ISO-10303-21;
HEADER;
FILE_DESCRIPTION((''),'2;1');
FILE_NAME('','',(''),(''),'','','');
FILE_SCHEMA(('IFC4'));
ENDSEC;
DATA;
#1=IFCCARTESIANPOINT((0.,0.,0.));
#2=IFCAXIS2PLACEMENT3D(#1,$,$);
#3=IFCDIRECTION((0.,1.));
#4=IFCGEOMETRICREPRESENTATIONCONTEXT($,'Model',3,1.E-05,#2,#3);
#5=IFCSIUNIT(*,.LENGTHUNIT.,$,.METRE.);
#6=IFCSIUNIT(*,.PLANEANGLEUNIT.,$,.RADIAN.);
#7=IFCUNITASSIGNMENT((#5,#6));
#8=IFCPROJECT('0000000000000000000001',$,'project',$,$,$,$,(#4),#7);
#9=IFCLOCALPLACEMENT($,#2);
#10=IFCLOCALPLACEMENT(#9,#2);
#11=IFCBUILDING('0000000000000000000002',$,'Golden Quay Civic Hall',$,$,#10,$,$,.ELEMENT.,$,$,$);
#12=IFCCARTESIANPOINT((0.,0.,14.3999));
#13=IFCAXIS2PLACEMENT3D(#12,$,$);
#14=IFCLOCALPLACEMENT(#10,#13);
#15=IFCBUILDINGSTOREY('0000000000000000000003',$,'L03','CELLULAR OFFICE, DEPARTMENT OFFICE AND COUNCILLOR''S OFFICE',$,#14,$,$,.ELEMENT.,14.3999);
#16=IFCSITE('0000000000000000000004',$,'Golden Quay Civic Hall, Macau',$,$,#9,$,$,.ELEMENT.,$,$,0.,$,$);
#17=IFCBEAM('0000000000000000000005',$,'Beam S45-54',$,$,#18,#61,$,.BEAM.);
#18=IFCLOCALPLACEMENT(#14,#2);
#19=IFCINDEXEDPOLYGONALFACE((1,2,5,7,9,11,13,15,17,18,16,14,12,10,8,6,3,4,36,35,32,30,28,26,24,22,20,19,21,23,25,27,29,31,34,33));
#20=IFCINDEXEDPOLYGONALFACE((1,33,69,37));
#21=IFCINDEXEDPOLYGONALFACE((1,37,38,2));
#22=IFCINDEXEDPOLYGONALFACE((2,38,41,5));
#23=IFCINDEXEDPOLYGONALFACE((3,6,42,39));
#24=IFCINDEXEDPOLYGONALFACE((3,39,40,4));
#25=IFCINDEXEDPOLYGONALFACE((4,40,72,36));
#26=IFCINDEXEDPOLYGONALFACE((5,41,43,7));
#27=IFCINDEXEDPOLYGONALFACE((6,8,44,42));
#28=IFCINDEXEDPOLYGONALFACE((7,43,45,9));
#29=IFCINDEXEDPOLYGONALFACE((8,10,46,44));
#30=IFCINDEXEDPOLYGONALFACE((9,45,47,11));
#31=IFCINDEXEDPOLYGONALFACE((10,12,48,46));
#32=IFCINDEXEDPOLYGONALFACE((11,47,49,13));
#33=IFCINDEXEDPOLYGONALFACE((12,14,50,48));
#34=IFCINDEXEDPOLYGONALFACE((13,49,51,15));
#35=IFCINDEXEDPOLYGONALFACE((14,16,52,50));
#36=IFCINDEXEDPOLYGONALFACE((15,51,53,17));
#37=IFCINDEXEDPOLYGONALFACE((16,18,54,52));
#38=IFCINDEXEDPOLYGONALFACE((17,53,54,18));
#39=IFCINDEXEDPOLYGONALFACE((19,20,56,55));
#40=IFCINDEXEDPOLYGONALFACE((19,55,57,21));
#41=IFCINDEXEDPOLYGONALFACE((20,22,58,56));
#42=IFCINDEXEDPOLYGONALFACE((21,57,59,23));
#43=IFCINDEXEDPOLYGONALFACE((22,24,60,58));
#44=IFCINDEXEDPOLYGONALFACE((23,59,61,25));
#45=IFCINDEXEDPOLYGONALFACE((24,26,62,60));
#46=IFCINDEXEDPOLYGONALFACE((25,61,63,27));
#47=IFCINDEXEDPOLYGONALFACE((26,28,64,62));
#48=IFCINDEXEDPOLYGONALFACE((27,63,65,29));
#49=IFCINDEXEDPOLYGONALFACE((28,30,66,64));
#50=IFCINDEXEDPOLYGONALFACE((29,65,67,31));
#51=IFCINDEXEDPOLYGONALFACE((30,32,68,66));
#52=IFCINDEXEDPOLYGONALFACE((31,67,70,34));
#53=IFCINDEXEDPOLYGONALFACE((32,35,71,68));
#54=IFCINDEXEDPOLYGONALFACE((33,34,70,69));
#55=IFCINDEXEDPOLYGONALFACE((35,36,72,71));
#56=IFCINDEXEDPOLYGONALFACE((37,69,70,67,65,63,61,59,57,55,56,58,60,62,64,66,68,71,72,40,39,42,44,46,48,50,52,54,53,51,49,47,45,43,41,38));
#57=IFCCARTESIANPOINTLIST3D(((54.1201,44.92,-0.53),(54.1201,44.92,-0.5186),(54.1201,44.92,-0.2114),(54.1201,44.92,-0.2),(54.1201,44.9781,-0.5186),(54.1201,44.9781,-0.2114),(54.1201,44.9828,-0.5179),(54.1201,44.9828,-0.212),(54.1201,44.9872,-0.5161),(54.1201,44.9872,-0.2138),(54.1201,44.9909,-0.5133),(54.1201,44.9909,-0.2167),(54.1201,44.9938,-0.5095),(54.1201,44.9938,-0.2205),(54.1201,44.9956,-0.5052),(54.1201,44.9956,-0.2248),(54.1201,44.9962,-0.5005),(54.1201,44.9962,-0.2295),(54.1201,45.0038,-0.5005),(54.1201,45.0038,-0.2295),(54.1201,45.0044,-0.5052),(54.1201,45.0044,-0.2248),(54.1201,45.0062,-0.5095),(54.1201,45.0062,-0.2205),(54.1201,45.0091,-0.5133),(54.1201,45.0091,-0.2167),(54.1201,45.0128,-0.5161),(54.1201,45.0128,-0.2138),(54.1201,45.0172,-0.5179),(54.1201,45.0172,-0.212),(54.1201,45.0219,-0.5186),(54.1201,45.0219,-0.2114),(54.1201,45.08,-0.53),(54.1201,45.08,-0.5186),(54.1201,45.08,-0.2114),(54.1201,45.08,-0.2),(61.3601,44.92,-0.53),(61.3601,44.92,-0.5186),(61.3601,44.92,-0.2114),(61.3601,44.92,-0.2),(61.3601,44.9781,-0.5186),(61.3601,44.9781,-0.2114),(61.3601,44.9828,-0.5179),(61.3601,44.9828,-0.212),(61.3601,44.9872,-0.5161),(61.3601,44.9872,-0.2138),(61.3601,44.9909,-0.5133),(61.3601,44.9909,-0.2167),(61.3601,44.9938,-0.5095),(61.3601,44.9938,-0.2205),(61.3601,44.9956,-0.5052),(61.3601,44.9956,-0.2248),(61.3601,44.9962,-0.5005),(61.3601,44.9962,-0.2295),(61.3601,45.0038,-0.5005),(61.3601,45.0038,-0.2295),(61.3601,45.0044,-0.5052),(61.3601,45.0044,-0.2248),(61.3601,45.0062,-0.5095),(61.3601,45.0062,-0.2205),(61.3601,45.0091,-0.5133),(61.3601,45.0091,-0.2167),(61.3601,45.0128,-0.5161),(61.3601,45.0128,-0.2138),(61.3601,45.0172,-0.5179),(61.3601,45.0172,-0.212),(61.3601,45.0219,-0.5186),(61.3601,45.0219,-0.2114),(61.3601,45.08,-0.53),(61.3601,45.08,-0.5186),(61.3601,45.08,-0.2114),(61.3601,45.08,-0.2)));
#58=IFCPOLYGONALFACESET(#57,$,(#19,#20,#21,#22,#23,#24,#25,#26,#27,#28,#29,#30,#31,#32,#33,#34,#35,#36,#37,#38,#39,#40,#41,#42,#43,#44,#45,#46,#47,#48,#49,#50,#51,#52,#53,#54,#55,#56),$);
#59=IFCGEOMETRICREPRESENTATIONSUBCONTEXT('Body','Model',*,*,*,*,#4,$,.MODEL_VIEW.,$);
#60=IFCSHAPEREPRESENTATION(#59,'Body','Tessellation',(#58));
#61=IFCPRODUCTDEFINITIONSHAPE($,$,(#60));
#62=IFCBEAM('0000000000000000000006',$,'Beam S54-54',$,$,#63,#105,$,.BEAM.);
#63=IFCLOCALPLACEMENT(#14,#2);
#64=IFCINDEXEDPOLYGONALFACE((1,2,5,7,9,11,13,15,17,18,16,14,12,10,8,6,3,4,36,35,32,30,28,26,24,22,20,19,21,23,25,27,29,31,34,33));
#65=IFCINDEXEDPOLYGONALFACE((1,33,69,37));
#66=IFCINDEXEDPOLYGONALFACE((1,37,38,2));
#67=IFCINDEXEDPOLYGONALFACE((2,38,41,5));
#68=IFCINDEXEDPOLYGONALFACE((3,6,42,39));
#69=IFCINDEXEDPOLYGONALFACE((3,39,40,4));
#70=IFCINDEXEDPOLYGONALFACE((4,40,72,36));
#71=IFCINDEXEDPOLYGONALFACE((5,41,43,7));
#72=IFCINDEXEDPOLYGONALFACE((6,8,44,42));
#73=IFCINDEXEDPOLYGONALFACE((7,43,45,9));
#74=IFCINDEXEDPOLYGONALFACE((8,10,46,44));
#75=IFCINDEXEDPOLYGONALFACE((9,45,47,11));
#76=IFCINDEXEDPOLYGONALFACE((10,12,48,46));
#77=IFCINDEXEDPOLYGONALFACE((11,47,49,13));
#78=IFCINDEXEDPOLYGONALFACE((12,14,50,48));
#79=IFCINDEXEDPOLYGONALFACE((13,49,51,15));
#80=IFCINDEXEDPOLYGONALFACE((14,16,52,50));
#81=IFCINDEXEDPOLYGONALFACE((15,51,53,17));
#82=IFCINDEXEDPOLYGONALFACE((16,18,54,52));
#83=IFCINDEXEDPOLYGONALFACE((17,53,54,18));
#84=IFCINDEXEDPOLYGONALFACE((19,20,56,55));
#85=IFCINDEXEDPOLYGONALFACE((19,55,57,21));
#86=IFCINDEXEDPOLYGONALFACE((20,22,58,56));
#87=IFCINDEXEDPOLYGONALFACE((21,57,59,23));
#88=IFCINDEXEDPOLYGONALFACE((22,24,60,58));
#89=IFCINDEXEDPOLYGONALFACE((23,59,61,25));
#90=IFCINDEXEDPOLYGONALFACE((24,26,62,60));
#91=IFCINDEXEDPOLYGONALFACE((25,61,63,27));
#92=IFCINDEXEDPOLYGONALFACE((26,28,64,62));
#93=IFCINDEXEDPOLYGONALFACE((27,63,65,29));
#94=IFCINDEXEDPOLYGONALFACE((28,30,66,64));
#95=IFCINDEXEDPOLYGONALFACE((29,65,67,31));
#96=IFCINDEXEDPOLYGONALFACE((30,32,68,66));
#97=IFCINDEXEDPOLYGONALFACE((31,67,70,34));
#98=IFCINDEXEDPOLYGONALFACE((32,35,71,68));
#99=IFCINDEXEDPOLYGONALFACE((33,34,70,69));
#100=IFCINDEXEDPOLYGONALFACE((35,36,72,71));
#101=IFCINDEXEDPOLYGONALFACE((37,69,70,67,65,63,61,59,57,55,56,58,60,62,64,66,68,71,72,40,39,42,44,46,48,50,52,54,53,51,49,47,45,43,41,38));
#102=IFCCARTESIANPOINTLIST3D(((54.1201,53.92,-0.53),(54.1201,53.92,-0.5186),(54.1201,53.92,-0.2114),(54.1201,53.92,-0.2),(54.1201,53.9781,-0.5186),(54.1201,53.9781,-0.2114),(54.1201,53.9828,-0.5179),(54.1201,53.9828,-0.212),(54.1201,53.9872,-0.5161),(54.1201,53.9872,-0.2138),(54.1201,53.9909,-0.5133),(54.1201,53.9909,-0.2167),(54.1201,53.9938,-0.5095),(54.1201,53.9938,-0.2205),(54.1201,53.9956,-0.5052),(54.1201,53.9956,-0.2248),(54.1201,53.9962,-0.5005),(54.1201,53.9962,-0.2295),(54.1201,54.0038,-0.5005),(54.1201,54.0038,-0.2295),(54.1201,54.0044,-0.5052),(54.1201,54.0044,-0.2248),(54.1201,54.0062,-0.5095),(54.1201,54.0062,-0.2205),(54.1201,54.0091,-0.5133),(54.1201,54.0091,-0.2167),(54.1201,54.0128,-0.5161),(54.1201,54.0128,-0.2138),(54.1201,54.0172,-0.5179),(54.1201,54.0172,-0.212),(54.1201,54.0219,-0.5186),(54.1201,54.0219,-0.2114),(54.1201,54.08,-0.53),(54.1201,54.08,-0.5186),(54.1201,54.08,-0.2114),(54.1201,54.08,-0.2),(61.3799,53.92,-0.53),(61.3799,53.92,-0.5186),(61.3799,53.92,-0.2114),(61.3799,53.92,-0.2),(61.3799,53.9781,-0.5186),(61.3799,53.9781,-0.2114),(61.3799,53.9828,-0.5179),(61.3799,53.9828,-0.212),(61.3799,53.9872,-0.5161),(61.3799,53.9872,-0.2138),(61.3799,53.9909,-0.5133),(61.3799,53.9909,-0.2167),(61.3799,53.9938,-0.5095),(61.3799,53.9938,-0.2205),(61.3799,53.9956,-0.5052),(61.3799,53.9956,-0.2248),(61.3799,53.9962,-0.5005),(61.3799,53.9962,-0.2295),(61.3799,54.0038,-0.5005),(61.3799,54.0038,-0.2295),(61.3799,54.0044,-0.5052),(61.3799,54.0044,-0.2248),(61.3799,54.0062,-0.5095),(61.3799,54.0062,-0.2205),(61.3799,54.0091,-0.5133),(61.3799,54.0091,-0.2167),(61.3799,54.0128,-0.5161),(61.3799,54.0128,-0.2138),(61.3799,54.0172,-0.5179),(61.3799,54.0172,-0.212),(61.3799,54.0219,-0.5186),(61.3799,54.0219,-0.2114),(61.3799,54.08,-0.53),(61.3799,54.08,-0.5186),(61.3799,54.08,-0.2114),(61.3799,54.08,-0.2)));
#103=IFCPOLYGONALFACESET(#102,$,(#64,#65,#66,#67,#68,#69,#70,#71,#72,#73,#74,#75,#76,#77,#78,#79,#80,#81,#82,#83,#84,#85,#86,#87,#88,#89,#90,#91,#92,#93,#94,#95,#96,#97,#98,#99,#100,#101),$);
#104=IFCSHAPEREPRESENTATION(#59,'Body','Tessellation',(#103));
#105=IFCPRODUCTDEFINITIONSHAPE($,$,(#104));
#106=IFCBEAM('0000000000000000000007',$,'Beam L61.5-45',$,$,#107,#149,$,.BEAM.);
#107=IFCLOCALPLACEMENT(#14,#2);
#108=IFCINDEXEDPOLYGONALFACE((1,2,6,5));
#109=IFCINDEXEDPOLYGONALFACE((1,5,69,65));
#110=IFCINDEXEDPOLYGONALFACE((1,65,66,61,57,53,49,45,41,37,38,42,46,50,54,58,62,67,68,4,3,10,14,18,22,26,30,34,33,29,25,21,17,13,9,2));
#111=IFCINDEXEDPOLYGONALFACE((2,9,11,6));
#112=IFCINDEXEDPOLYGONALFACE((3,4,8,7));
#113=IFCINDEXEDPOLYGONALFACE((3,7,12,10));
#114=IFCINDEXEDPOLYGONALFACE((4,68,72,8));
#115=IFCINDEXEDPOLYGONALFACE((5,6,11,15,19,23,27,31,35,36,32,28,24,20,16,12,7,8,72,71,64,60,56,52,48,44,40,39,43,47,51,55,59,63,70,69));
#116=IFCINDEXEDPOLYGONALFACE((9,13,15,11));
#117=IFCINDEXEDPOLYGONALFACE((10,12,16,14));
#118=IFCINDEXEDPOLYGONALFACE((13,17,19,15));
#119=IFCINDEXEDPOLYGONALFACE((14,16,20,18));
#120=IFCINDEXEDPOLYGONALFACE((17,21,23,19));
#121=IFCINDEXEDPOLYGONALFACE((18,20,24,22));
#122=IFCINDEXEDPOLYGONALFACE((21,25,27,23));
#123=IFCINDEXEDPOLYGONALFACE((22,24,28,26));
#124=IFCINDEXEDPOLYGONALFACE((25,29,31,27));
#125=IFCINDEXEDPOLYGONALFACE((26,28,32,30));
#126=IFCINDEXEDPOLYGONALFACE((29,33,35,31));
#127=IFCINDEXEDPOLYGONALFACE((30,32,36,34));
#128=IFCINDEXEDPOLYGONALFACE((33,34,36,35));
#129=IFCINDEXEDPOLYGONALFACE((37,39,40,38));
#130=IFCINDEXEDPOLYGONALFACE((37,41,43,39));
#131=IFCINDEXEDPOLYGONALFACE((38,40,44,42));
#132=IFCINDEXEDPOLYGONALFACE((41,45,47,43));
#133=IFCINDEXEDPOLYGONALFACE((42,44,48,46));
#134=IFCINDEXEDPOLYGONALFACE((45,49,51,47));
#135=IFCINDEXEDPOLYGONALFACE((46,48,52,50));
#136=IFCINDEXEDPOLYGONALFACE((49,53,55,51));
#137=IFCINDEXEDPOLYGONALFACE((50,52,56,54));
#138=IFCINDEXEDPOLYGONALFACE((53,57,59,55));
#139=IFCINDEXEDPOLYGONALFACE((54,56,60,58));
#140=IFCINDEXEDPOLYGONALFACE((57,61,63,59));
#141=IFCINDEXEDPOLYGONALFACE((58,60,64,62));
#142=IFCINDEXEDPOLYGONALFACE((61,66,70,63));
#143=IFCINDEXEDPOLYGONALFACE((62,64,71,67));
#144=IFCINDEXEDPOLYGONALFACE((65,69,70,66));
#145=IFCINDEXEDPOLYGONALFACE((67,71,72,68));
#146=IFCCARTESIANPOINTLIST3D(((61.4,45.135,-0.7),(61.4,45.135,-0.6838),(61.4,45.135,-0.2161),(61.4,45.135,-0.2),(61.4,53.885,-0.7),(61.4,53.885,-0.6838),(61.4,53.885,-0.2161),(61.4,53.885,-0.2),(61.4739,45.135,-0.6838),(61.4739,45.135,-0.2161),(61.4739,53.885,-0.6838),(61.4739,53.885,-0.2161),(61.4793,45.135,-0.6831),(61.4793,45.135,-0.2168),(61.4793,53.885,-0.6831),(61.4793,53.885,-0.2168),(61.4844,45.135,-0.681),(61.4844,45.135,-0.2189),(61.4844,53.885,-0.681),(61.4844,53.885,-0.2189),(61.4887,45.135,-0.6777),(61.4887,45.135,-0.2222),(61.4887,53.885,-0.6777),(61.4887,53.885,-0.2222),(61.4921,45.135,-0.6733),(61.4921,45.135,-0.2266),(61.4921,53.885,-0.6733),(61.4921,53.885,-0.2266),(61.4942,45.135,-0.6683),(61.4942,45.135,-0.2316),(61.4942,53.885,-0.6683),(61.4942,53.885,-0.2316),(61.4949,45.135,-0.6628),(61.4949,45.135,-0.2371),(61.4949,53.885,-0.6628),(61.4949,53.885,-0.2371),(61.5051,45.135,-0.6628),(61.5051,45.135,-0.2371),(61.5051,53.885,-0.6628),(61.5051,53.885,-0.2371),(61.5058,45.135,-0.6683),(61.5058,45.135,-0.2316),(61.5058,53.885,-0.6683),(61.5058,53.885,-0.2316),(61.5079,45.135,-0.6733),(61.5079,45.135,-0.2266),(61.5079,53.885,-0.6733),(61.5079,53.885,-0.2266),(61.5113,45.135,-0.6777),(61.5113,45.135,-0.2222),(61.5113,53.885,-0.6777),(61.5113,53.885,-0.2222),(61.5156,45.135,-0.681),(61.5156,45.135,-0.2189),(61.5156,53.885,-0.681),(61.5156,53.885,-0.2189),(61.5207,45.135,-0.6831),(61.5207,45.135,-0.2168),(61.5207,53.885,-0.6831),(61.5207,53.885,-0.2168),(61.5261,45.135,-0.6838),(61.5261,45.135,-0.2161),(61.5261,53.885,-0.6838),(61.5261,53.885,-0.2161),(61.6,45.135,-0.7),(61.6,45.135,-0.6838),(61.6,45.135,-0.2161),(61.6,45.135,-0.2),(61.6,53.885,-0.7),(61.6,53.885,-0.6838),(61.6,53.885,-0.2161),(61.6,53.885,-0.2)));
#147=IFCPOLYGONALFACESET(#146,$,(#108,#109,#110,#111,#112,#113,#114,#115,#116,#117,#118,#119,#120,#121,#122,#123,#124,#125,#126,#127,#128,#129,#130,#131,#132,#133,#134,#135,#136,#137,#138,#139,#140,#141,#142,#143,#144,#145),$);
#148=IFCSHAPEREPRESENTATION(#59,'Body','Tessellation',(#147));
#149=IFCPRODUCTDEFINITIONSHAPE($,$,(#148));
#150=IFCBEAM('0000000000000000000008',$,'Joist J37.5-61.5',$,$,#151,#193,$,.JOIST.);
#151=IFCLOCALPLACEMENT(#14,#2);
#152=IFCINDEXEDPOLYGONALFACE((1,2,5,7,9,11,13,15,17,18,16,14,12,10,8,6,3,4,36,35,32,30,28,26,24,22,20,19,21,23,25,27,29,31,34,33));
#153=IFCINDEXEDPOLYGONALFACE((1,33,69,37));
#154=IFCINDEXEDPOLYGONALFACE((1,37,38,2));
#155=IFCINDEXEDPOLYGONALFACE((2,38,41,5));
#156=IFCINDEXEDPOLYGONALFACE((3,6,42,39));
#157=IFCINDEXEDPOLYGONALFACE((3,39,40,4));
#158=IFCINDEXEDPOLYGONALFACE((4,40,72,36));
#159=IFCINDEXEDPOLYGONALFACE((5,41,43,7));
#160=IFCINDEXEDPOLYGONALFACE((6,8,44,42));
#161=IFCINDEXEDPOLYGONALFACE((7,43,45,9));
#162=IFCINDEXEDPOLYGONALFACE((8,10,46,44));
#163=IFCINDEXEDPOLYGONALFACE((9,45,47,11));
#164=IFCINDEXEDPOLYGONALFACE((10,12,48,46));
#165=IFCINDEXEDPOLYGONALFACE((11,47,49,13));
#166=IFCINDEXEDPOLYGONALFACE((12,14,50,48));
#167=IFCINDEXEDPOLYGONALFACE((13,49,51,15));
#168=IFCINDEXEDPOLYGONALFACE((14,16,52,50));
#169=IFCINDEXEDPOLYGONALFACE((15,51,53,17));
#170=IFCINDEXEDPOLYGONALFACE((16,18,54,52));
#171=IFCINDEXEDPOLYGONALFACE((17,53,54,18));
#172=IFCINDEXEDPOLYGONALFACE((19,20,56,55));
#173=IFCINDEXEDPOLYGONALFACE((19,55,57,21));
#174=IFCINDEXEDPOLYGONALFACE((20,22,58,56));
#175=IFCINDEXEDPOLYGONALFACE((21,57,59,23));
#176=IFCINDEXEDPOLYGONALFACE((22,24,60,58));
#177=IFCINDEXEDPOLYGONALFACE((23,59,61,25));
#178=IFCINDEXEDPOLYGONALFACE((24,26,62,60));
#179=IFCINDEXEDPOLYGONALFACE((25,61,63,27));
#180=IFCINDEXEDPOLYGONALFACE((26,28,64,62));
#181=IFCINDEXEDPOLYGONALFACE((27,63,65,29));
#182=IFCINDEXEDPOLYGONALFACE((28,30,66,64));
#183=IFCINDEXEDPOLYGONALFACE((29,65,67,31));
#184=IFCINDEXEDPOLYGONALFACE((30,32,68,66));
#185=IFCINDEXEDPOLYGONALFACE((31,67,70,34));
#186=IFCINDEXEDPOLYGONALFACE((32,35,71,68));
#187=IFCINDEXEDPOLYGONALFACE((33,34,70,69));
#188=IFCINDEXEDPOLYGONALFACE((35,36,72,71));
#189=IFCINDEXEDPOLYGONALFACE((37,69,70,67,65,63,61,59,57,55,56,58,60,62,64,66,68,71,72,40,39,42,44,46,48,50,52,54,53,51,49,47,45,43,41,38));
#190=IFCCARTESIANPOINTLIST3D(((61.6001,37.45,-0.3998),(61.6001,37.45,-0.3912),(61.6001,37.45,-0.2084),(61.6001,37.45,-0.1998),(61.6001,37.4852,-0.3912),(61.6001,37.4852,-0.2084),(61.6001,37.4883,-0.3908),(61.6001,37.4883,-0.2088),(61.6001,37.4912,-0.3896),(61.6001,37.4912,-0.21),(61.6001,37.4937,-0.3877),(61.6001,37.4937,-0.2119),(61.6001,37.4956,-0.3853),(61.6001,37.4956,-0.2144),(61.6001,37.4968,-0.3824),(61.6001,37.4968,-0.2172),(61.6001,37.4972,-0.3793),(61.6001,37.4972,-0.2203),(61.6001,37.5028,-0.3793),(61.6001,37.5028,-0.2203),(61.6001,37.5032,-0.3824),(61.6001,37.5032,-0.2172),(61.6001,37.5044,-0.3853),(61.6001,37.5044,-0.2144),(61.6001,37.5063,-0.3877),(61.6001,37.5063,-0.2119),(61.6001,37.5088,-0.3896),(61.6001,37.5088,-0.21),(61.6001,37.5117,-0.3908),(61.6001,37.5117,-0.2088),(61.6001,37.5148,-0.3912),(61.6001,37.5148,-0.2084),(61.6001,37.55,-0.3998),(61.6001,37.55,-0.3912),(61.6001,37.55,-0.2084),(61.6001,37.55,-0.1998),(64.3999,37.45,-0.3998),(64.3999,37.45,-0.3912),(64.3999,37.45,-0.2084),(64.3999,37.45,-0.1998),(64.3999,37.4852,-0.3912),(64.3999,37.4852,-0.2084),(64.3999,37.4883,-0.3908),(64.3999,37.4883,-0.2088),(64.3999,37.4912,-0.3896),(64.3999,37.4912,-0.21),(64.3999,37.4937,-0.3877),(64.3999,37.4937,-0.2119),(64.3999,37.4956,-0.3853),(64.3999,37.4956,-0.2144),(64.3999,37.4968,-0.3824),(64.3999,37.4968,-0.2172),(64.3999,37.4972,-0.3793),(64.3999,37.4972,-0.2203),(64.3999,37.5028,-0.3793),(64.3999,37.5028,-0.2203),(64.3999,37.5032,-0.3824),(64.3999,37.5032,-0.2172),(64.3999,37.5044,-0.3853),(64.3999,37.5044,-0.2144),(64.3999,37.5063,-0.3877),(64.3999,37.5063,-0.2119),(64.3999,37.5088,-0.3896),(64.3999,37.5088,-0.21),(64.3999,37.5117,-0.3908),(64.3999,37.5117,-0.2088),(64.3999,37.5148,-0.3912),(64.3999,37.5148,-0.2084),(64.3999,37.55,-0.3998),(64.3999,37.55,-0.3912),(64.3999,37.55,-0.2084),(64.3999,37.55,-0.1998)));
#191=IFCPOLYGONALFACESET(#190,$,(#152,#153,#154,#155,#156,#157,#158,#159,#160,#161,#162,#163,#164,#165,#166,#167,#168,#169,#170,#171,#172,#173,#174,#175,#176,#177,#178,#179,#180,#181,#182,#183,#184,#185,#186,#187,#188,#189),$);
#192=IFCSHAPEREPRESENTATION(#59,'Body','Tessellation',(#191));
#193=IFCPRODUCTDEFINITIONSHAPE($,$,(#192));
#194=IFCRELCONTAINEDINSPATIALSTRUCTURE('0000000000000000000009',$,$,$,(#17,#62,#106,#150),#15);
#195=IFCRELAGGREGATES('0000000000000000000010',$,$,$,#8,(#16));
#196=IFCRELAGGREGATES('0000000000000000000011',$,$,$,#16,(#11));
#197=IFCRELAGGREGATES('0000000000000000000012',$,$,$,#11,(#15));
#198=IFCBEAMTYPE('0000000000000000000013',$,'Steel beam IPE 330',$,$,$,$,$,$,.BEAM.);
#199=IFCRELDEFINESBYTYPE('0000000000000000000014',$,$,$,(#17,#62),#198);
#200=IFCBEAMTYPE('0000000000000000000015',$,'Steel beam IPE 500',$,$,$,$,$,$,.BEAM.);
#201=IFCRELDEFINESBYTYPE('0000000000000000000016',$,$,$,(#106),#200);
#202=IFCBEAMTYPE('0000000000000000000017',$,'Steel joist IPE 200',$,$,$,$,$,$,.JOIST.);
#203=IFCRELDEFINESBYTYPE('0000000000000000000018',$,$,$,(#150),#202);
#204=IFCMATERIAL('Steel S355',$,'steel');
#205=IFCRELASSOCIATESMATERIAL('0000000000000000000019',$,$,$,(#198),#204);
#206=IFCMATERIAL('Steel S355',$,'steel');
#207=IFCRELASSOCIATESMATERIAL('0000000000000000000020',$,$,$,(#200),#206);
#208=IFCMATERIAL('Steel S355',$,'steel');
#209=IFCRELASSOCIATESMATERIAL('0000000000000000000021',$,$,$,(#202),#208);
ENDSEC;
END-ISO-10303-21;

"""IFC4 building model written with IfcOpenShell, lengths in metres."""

from ifc_helpers import new_model, si_unit, direction, frame, origin, origin_2d, place, context, subcontext, project, spatial, i_section, extrude, material, material_profile, profile_set, type_object, element, save


model = new_model("IFC4")

# Units and contexts
model_context = context("Model", 3, precision=1e-05, world=origin(), true_north=direction((0.0, 1.0)))
body_context = subcontext(model_context, "Body", "Model", "MODEL_VIEW")
ifc_project = project(units=[si_unit("LENGTHUNIT", "METRE"), si_unit("PLANEANGLEUNIT", "RADIAN")], contexts=[model_context])

# Site, building, storey
site_placement = place(None, origin())
site = spatial("IfcSite", under=ifc_project, at=site_placement, Name="Golden Quay Civic Hall, Macau", CompositionType="ELEMENT", RefElevation=0.0)
building_placement = place(site_placement, origin())
building = spatial("IfcBuilding", under=site, at=building_placement, Name="Golden Quay Civic Hall", CompositionType="ELEMENT")
storey_placement = place(building_placement, frame((0.0, 0.0, 14.3999)))
storey = spatial("IfcBuildingStorey", under=building, at=storey_placement, Name="L03", Description="CELLULAR OFFICE, DEPARTMENT OFFICE AND COUNCILLOR'S OFFICE", CompositionType="ELEMENT", Elevation=14.3999)

# Beams
ifc_material_1 = material(Name="Steel S355", Category="steel")
ifc_material_profile_1 = material_profile(ifc_material_1, i_section(OverallWidth=0.1599, OverallDepth=0.3301, WebThickness=0.0076, FlangeThickness=0.0115, FilletRadius=0.0181, at=origin_2d()), Name="IPE 330")
ifc_profile_set_1 = profile_set([ifc_material_profile_1], Name="Steel S355")
beam_type_1 = type_object("IfcBeamType", Name="Steel beam IPE 330", PredefinedType="BEAM", material=ifc_profile_set_1)
beam_1_placement = place(storey_placement, frame((54.1201, 45.0, -0.365), z_axis=(1.0, 0.0, 0.0), x_axis=(0.0, 1.0, 0.0)))
element("IfcBeam", 1, at=beam_1_placement, inside=storey, type_object=beam_type_1, Name="Beam S45-54", PredefinedType="BEAM", context=body_context, shape_type="SweptSolid", body=[
    extrude(i_section(OverallWidth=0.1599, OverallDepth=0.3301, WebThickness=0.0076, FlangeThickness=0.0115, FilletRadius=0.0181, at=origin_2d()), origin(), (0.0, 0.0, 1.0), 7.24),
])
beam_2_placement = place(storey_placement, frame((54.1201, 54.0, -0.365), z_axis=(1.0, 0.0, 0.0), x_axis=(0.0, 1.0, 0.0)))
element("IfcBeam", 2, at=beam_2_placement, inside=storey, type_object=beam_type_1, Name="Beam S54-54", PredefinedType="BEAM", context=body_context, shape_type="SweptSolid", body=[
    extrude(i_section(OverallWidth=0.1599, OverallDepth=0.3301, WebThickness=0.0076, FlangeThickness=0.0115, FilletRadius=0.0181, at=origin_2d()), origin(), (0.0, 0.0, 1.0), 7.2598),
])
ifc_material_2 = material(Name="Steel S355", Category="steel")
ifc_material_profile_2 = material_profile(ifc_material_2, i_section(OverallWidth=0.2, OverallDepth=0.5, WebThickness=0.0103, FlangeThickness=0.0161, FilletRadius=0.021, at=origin_2d()), Name="IPE 500")
ifc_profile_set_2 = profile_set([ifc_material_profile_2], Name="Steel S355")
beam_type_2 = type_object("IfcBeamType", Name="Steel beam IPE 500", PredefinedType="BEAM", material=ifc_profile_set_2)
beam_3_placement = place(storey_placement, frame((61.5, 45.135, -0.45), z_axis=(0.0, 1.0, 0.0), x_axis=(-1.0, 0.0, 0.0)))
element("IfcBeam", 3, at=beam_3_placement, inside=storey, type_object=beam_type_2, Name="Beam L61.5-45", PredefinedType="BEAM", context=body_context, shape_type="SweptSolid", body=[
    extrude(i_section(OverallWidth=0.2, OverallDepth=0.5, WebThickness=0.0103, FlangeThickness=0.0161, FilletRadius=0.021, at=origin_2d()), origin(), (0.0, 0.0, 1.0), 8.75),
])
ifc_material_3 = material(Name="Steel S355", Category="steel")
ifc_material_profile_3 = material_profile(ifc_material_3, i_section(OverallWidth=0.1001, OverallDepth=0.2, WebThickness=0.0056, FlangeThickness=0.0085, FilletRadius=0.012, at=origin_2d()), Name="IPE 200")
ifc_profile_set_3 = profile_set([ifc_material_profile_3], Name="Steel S355")
beam_type_3 = type_object("IfcBeamType", Name="Steel joist IPE 200", PredefinedType="JOIST", material=ifc_profile_set_3)
for number, where, z_axis, x_axis, name in (
    (4, (61.6001, 37.5, -0.2998), (1.0, 0.0, 0.0), (0.0, 1.0, 0.0), "Joist J37.5-61.5"),
):
    element("IfcBeam", number, at=place(storey_placement, frame(where, z_axis=z_axis, x_axis=x_axis)), inside=storey, type_object=beam_type_3, Name=name, PredefinedType="JOIST", context=body_context, shape_type="SweptSolid", body=[
        extrude(i_section(OverallWidth=0.1001, OverallDepth=0.2, WebThickness=0.0056, FlangeThickness=0.0085, FilletRadius=0.012, at=origin_2d()), origin(), (0.0, 0.0, 1.0), 2.7998),
    ])

save(model, "model.ifc")
